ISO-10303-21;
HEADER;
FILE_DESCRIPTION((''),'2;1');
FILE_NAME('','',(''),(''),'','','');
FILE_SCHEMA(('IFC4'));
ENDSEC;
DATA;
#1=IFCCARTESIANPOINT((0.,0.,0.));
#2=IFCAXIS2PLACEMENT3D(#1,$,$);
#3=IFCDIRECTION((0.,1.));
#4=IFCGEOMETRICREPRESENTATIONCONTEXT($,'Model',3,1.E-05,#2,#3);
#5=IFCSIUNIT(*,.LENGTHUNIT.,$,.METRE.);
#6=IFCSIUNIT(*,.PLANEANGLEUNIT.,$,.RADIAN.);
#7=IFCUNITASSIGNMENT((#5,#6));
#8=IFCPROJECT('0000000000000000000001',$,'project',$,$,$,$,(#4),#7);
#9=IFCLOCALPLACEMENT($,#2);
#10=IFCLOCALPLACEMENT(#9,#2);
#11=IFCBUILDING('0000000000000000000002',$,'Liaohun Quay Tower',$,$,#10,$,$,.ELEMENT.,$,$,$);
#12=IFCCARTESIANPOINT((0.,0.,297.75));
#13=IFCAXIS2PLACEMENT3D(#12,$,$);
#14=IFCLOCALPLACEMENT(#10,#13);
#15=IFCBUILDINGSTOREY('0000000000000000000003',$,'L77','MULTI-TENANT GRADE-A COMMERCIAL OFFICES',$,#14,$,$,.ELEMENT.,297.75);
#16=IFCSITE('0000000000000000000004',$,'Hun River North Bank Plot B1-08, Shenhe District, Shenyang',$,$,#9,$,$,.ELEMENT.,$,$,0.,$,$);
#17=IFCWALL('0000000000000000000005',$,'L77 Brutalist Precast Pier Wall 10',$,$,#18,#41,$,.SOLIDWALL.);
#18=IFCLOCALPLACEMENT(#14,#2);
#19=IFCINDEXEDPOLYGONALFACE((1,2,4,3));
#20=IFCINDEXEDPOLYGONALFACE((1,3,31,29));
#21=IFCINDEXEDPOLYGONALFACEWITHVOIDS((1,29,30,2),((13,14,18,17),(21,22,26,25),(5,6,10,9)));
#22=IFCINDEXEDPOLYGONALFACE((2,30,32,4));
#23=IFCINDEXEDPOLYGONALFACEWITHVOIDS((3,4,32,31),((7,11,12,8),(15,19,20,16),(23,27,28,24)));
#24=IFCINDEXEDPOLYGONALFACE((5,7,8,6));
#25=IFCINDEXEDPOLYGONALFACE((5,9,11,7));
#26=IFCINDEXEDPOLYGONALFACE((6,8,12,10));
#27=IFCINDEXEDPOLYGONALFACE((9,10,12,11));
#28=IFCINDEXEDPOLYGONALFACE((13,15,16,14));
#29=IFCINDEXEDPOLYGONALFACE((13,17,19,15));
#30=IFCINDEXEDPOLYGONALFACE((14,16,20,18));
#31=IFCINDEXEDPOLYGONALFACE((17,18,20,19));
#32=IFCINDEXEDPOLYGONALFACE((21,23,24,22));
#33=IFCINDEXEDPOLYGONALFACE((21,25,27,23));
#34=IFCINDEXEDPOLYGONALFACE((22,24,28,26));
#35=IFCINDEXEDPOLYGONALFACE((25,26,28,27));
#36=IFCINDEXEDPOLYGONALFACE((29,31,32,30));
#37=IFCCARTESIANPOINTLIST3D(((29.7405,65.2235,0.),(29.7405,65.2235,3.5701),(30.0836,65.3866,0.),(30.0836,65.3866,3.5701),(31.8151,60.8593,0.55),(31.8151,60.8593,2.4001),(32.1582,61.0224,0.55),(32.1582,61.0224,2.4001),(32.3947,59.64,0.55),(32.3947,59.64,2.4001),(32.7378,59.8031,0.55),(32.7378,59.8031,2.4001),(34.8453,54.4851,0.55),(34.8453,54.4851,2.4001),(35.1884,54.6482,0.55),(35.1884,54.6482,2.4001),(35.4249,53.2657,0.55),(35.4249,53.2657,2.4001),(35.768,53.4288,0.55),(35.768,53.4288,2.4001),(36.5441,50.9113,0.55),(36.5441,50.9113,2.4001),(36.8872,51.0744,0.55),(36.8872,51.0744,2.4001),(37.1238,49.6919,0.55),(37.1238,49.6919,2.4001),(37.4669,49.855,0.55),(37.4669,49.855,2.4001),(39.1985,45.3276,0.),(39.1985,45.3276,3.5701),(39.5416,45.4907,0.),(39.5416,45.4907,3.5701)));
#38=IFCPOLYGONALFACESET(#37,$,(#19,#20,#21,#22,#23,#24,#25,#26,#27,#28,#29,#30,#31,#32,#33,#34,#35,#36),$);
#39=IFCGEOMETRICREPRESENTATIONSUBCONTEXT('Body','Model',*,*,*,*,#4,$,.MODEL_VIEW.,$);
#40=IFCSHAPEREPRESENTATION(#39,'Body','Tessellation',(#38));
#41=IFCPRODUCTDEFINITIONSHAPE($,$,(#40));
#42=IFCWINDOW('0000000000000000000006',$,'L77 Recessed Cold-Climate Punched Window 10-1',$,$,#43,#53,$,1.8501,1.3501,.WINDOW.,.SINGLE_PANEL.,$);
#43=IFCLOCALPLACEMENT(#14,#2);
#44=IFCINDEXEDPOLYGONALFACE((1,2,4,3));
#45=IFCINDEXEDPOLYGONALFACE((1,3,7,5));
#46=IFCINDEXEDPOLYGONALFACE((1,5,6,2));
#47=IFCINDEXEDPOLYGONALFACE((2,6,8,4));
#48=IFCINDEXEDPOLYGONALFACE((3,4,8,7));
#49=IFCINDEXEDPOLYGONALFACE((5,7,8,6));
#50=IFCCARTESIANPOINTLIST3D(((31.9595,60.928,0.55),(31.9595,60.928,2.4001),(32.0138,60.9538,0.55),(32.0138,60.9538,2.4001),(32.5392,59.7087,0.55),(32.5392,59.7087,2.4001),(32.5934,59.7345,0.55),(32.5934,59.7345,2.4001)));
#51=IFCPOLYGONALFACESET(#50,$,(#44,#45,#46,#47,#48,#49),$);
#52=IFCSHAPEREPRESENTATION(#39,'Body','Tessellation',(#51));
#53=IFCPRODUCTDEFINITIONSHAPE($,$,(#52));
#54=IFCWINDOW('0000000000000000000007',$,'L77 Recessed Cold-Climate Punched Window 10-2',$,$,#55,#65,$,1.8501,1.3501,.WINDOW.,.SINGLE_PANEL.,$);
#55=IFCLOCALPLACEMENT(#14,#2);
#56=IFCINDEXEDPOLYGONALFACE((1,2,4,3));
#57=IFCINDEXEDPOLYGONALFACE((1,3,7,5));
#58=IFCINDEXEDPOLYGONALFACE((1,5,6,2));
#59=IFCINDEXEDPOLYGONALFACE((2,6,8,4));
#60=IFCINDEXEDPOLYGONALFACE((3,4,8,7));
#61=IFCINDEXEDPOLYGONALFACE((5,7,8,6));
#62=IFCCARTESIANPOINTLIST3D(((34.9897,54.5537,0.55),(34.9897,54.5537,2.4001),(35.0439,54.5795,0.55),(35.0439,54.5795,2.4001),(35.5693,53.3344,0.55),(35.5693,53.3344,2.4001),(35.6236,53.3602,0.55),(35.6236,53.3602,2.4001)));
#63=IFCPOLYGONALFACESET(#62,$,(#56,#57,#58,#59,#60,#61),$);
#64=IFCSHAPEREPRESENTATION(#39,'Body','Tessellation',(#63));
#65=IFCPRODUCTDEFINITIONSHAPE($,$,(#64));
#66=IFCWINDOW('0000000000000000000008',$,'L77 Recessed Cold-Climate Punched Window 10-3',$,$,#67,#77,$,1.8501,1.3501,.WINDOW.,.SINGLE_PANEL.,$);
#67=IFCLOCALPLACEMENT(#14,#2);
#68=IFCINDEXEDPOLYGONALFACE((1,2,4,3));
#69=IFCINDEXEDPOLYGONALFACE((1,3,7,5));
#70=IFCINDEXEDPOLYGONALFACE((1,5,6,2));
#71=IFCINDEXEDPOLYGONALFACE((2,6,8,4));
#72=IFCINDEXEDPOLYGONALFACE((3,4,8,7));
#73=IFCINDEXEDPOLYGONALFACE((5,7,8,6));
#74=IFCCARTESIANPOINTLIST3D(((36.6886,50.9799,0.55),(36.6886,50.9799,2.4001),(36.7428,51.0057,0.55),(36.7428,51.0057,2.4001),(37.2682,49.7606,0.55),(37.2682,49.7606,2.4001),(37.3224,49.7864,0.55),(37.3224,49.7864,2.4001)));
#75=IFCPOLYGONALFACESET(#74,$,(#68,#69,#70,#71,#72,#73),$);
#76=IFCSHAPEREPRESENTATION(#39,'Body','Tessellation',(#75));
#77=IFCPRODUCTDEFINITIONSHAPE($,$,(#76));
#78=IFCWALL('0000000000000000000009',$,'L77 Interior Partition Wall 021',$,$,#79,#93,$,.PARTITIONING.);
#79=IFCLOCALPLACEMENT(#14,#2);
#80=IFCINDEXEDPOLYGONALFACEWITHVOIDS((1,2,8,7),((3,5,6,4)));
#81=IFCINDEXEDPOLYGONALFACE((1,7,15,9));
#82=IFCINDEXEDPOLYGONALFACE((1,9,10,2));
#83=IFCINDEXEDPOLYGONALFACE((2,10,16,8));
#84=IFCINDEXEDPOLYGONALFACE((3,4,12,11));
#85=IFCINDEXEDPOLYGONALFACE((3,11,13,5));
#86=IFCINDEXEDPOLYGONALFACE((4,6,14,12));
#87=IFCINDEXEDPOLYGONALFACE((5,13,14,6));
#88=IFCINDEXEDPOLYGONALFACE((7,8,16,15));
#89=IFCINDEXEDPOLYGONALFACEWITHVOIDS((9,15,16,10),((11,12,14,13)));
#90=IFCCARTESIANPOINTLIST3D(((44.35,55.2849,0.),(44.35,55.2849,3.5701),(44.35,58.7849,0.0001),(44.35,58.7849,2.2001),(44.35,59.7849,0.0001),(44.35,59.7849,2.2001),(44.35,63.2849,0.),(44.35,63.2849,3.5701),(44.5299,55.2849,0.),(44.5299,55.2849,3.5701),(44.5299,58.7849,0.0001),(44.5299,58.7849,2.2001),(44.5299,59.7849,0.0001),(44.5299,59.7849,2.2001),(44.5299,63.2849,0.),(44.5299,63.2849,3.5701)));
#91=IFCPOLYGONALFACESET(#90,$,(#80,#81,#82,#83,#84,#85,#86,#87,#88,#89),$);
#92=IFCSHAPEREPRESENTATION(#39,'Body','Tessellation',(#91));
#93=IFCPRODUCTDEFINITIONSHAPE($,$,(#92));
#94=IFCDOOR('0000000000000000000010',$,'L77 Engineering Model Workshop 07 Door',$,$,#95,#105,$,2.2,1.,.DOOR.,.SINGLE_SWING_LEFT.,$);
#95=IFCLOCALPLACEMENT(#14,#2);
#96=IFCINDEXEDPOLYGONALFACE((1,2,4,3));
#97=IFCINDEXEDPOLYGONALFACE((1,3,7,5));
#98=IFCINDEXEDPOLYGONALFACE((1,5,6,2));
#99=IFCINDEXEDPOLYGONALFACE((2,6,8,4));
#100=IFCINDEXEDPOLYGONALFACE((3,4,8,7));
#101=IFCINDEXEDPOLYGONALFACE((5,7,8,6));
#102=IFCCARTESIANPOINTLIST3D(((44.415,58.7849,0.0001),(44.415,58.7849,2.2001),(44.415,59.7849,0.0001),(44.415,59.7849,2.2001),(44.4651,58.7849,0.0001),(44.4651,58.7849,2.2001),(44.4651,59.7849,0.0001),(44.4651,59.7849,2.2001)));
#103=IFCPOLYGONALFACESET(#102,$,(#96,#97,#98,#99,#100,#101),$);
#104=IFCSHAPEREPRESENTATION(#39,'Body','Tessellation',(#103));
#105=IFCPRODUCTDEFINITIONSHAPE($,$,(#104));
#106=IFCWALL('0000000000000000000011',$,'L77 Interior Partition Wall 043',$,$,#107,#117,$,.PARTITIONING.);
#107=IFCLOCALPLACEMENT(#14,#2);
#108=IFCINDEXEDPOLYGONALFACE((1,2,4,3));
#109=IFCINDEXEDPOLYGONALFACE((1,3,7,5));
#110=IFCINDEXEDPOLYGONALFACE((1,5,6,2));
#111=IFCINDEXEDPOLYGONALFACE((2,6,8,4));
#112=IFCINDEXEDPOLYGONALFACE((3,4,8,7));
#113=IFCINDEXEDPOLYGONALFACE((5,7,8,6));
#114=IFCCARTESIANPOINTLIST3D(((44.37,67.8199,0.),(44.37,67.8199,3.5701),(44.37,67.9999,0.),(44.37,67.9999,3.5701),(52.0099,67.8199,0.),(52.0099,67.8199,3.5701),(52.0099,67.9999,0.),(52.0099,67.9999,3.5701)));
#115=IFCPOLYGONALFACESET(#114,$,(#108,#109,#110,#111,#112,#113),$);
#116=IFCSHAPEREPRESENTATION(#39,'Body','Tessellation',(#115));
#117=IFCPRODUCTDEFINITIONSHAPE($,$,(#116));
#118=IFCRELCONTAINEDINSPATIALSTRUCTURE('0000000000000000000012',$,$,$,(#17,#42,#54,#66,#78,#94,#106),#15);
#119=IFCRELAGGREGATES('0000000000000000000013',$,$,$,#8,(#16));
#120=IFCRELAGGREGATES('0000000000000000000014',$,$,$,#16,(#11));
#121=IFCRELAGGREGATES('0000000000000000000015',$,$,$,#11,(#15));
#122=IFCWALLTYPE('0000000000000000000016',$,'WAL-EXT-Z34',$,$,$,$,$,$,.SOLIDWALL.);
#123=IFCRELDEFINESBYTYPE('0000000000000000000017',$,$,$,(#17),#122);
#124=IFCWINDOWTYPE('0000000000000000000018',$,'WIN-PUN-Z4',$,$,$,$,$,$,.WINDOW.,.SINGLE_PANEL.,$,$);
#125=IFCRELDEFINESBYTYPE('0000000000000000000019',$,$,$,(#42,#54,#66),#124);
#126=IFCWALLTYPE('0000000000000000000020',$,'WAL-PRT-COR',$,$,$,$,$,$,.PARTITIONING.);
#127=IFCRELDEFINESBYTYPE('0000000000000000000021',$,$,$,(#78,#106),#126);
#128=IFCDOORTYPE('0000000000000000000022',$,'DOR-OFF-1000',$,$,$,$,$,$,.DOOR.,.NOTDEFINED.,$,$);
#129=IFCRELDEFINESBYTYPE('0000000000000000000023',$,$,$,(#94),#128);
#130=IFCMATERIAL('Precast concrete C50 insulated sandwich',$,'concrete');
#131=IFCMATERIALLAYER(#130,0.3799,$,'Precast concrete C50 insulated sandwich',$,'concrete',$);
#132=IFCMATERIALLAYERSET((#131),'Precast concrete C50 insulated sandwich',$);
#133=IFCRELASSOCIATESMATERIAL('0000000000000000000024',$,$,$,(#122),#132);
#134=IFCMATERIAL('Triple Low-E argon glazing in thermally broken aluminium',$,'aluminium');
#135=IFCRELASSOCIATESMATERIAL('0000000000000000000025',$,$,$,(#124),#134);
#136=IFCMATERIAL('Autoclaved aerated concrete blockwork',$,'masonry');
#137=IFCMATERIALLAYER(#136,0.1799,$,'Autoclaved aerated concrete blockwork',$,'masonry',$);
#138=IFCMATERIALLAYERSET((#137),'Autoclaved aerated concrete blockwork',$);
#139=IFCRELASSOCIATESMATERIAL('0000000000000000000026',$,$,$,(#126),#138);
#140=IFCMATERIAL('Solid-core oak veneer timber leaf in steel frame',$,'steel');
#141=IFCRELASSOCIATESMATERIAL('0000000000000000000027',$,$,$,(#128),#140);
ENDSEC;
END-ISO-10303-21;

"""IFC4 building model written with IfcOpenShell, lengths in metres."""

from ifc_helpers import new_model, si_unit, direction, frame, frame_2d, origin, place, context, subcontext, project, spatial, rectangle, extrude, source, transform, mapped, material, layer, layer_set, type_object, element, fill, save


model = new_model("IFC4")

# Units and contexts
model_context = context("Model", 3, precision=1e-05, world=origin(), true_north=direction((0.0, 1.0)))
body_context = subcontext(model_context, "Body", "Model", "MODEL_VIEW")
ifc_project = project(units=[si_unit("LENGTHUNIT", "METRE"), si_unit("PLANEANGLEUNIT", "RADIAN")], contexts=[model_context])

# Site, building, storey
site_placement = place(None, origin())
site = spatial("IfcSite", under=ifc_project, at=site_placement, Name="Hun River North Bank Plot B1-08, Shenhe District, Shenyang", CompositionType="ELEMENT", RefElevation=0.0)
building_placement = place(site_placement, origin())
building = spatial("IfcBuilding", under=site, at=building_placement, Name="Liaohun Quay Tower", CompositionType="ELEMENT")
storey_placement = place(building_placement, frame((0.0, 0.0, 297.75)))
storey = spatial("IfcBuildingStorey", under=building, at=storey_placement, Name="L77", Description="MULTI-TENANT GRADE-A COMMERCIAL OFFICES", CompositionType="ELEMENT", Elevation=297.75)

# Shared definitions
ifc_material_1 = material(Name="Precast concrete C50 insulated sandwich", Category="concrete")
ifc_layer_1 = layer(ifc_material_1, 0.3799, Name="Precast concrete C50 insulated sandwich", Category="concrete")
ifc_layer_set_1 = layer_set([ifc_layer_1], Name="Precast concrete C50 insulated sandwich")
wall_type_1 = type_object("IfcWallType", Name="WAL-EXT-Z34", PredefinedType="SOLIDWALL", material=ifc_layer_set_1)

# Wall, openings, windows
wall_1_placement = place(storey_placement, frame((29.9121, 65.3049, 0.0), z_axis=(0.0, 0.0, 1.0), x_axis=(0.429331, -0.903147, 0.0)))
wall_1 = element("IfcWall", 1, at=wall_1_placement, inside=storey, type_object=wall_type_1, Name="L77 Brutalist Precast Pier Wall 10", PredefinedType="SOLIDWALL", context=body_context, shape_type="SweptSolid", body=[
    extrude(rectangle(XDim=22.0295, YDim=0.3799, at=frame_2d((11.0146, 0.0))), origin(), (0.0, 0.0, 1.0), 3.5701),
])
shared_shape_1 = source(origin(), body_context, "Body", "SweptSolid", [
    extrude(rectangle(XDim=1.3501, YDim=1.8501, at=frame_2d((0.675, 0.925))), frame((0.0, 0.2, 0.0), z_axis=(0.0, -1.0, 0.0), x_axis=(1.0, 0.0, 0.0)), (0.0, 0.0, 1.0), 0.3999),
])
opening_1_placement = place(wall_1_placement, frame((4.832, 0.0, 0.55)))
opening_1 = element("IfcOpeningElement", 2, at=opening_1_placement, cuts=wall_1, PredefinedType="OPENING", context=body_context, shape_type="MappedRepresentation", body=[
    mapped(shared_shape_1, transform((0.0, 0.0, 0.0), x_axis=(1.0, 0.0, 0.0), y_axis=(0.0, 1.0, 0.0), z_axis=(0.0, 0.0, 1.0), scale=1.0)),
])
opening_2_placement = place(wall_1_placement, frame((11.8899, 0.0, 0.55)))
opening_2 = element("IfcOpeningElement", 3, at=opening_2_placement, cuts=wall_1, PredefinedType="OPENING", context=body_context, shape_type="MappedRepresentation", body=[
    mapped(shared_shape_1, transform((0.0, 0.0, 0.0), x_axis=(1.0, 0.0, 0.0), y_axis=(0.0, 1.0, 0.0), z_axis=(0.0, 0.0, 1.0), scale=1.0)),
])
opening_3_placement = place(wall_1_placement, frame((15.8469, 0.0, 0.55)))
opening_3 = element("IfcOpeningElement", 4, at=opening_3_placement, cuts=wall_1, PredefinedType="OPENING", context=body_context, shape_type="MappedRepresentation", body=[
    mapped(shared_shape_1, transform((0.0, 0.0, 0.0), x_axis=(1.0, 0.0, 0.0), y_axis=(0.0, 1.0, 0.0), z_axis=(0.0, 0.0, 1.0), scale=1.0)),
])
ifc_material_2 = material(Name="Triple Low-E argon glazing in thermally broken aluminium", Category="aluminium")
window_type_1 = type_object("IfcWindowType", Name="WIN-PUN-Z4", PartitioningType="SINGLE_PANEL", PredefinedType="WINDOW", material=ifc_material_2)
shared_shape_2 = source(origin(), body_context, "Body", "SweptSolid", [
    extrude(rectangle(XDim=1.3501, YDim=1.8501, at=frame_2d((0.675, 0.925))), frame((0.0, 0.03, 0.0), z_axis=(0.0, -1.0, 0.0), x_axis=(1.0, 0.0, 0.0)), (0.0, 0.0, 1.0), 0.0601),
])
window_1_placement = place(opening_1_placement, origin())
window_1 = element("IfcWindow", 5, at=window_1_placement, inside=storey, type_object=window_type_1, Name="L77 Recessed Cold-Climate Punched Window 10-1", OverallHeight=1.8501, OverallWidth=1.3501, PartitioningType="SINGLE_PANEL", PredefinedType="WINDOW", context=body_context, shape_type="MappedRepresentation", body=[
    mapped(shared_shape_2, transform((0.0, 0.0, 0.0), x_axis=(1.0, 0.0, 0.0), y_axis=(0.0, 1.0, 0.0), z_axis=(0.0, 0.0, 1.0), scale=1.0)),
])
fill(opening_1, window_1)
window_2_placement = place(opening_2_placement, origin())
window_2 = element("IfcWindow", 6, at=window_2_placement, inside=storey, type_object=window_type_1, Name="L77 Recessed Cold-Climate Punched Window 10-2", OverallHeight=1.8501, OverallWidth=1.3501, PartitioningType="SINGLE_PANEL", PredefinedType="WINDOW", context=body_context, shape_type="MappedRepresentation", body=[
    mapped(shared_shape_2, transform((0.0, 0.0, 0.0), x_axis=(1.0, 0.0, 0.0), y_axis=(0.0, 1.0, 0.0), z_axis=(0.0, 0.0, 1.0), scale=1.0)),
])
fill(opening_2, window_2)
window_3_placement = place(opening_3_placement, origin())
window_3 = element("IfcWindow", 7, at=window_3_placement, inside=storey, type_object=window_type_1, Name="L77 Recessed Cold-Climate Punched Window 10-3", OverallHeight=1.8501, OverallWidth=1.3501, PartitioningType="SINGLE_PANEL", PredefinedType="WINDOW", context=body_context, shape_type="MappedRepresentation", body=[
    mapped(shared_shape_2, transform((0.0, 0.0, 0.0), x_axis=(1.0, 0.0, 0.0), y_axis=(0.0, 1.0, 0.0), z_axis=(0.0, 0.0, 1.0), scale=1.0)),
])
fill(opening_3, window_3)

# Wall, opening, door
ifc_material_3 = material(Name="Autoclaved aerated concrete blockwork", Category="masonry")
ifc_layer_2 = layer(ifc_material_3, 0.1799, Name="Autoclaved aerated concrete blockwork", Category="masonry")
ifc_layer_set_2 = layer_set([ifc_layer_2], Name="Autoclaved aerated concrete blockwork")
wall_type_2 = type_object("IfcWallType", Name="WAL-PRT-COR", PredefinedType="PARTITIONING", material=ifc_layer_set_2)
wall_2_placement = place(storey_placement, frame((44.4399, 55.2849, 0.0), z_axis=(0.0, 0.0, 1.0), x_axis=(0.0, 1.0, 0.0)))
wall_2 = element("IfcWall", 8, at=wall_2_placement, inside=storey, type_object=wall_type_2, Name="L77 Interior Partition Wall 021", PredefinedType="PARTITIONING", context=body_context, shape_type="SweptSolid", body=[
    extrude(rectangle(XDim=8.0, YDim=0.1799, at=frame_2d((4.0, 0.0))), origin(), (0.0, 0.0, 1.0), 3.5701),
])
shared_shape_3 = source(origin(), body_context, "Body", "SweptSolid", [
    extrude(rectangle(XDim=1.0, YDim=2.2, at=frame_2d((0.5, 1.1001))), frame((0.0, 0.0999, 0.0), z_axis=(0.0, -1.0, 0.0), x_axis=(1.0, 0.0, 0.0)), (0.0, 0.0, 1.0), 0.2),
])
opening_4_placement = place(wall_2_placement, frame((3.5, 0.0, 0.0)))
opening_4 = element("IfcOpeningElement", 9, at=opening_4_placement, cuts=wall_2, PredefinedType="OPENING", context=body_context, shape_type="MappedRepresentation", body=[
    mapped(shared_shape_3, transform((0.0, 0.0, 0.0), x_axis=(1.0, 0.0, 0.0), y_axis=(0.0, 1.0, 0.0), z_axis=(0.0, 0.0, 1.0), scale=1.0)),
])
ifc_material_4 = material(Name="Solid-core oak veneer timber leaf in steel frame", Category="steel")
door_type = type_object("IfcDoorType", Name="DOR-OFF-1000", OperationType="NOTDEFINED", PredefinedType="DOOR", material=ifc_material_4)
shared_shape_4 = source(origin(), body_context, "Body", "SweptSolid", [
    extrude(rectangle(XDim=1.0, YDim=2.2, at=frame_2d((0.5, 1.1001))), frame((0.0, 0.0249, 0.0), z_axis=(0.0, -1.0, 0.0), x_axis=(1.0, 0.0, 0.0)), (0.0, 0.0, 1.0), 0.05),
])
door_placement = place(opening_4_placement, origin())
door = element("IfcDoor", 10, at=door_placement, inside=storey, type_object=door_type, Name="L77 Engineering Model Workshop 07 Door", OperationType="SINGLE_SWING_LEFT", OverallHeight=2.2, OverallWidth=1.0, PredefinedType="DOOR", context=body_context, shape_type="MappedRepresentation", body=[
    mapped(shared_shape_4, transform((0.0, 0.0, 0.0), x_axis=(1.0, 0.0, 0.0), y_axis=(0.0, 1.0, 0.0), z_axis=(0.0, 0.0, 1.0), scale=1.0)),
])
fill(opening_4, door)

# Wall
wall_3_placement = place(storey_placement, frame((44.3701, 67.9099, 0.0), z_axis=(0.0, 0.0, 1.0), x_axis=(1.0, 0.0, 0.0)))
element("IfcWall", 11, at=wall_3_placement, inside=storey, type_object=wall_type_2, Name="L77 Interior Partition Wall 043", PredefinedType="PARTITIONING", context=body_context, shape_type="SweptSolid", body=[
    extrude(rectangle(XDim=7.6399, YDim=0.1799, at=frame_2d((3.8198, 0.0))), origin(), (0.0, 0.0, 1.0), 3.5701),
])

save(model, "model.ifc")
